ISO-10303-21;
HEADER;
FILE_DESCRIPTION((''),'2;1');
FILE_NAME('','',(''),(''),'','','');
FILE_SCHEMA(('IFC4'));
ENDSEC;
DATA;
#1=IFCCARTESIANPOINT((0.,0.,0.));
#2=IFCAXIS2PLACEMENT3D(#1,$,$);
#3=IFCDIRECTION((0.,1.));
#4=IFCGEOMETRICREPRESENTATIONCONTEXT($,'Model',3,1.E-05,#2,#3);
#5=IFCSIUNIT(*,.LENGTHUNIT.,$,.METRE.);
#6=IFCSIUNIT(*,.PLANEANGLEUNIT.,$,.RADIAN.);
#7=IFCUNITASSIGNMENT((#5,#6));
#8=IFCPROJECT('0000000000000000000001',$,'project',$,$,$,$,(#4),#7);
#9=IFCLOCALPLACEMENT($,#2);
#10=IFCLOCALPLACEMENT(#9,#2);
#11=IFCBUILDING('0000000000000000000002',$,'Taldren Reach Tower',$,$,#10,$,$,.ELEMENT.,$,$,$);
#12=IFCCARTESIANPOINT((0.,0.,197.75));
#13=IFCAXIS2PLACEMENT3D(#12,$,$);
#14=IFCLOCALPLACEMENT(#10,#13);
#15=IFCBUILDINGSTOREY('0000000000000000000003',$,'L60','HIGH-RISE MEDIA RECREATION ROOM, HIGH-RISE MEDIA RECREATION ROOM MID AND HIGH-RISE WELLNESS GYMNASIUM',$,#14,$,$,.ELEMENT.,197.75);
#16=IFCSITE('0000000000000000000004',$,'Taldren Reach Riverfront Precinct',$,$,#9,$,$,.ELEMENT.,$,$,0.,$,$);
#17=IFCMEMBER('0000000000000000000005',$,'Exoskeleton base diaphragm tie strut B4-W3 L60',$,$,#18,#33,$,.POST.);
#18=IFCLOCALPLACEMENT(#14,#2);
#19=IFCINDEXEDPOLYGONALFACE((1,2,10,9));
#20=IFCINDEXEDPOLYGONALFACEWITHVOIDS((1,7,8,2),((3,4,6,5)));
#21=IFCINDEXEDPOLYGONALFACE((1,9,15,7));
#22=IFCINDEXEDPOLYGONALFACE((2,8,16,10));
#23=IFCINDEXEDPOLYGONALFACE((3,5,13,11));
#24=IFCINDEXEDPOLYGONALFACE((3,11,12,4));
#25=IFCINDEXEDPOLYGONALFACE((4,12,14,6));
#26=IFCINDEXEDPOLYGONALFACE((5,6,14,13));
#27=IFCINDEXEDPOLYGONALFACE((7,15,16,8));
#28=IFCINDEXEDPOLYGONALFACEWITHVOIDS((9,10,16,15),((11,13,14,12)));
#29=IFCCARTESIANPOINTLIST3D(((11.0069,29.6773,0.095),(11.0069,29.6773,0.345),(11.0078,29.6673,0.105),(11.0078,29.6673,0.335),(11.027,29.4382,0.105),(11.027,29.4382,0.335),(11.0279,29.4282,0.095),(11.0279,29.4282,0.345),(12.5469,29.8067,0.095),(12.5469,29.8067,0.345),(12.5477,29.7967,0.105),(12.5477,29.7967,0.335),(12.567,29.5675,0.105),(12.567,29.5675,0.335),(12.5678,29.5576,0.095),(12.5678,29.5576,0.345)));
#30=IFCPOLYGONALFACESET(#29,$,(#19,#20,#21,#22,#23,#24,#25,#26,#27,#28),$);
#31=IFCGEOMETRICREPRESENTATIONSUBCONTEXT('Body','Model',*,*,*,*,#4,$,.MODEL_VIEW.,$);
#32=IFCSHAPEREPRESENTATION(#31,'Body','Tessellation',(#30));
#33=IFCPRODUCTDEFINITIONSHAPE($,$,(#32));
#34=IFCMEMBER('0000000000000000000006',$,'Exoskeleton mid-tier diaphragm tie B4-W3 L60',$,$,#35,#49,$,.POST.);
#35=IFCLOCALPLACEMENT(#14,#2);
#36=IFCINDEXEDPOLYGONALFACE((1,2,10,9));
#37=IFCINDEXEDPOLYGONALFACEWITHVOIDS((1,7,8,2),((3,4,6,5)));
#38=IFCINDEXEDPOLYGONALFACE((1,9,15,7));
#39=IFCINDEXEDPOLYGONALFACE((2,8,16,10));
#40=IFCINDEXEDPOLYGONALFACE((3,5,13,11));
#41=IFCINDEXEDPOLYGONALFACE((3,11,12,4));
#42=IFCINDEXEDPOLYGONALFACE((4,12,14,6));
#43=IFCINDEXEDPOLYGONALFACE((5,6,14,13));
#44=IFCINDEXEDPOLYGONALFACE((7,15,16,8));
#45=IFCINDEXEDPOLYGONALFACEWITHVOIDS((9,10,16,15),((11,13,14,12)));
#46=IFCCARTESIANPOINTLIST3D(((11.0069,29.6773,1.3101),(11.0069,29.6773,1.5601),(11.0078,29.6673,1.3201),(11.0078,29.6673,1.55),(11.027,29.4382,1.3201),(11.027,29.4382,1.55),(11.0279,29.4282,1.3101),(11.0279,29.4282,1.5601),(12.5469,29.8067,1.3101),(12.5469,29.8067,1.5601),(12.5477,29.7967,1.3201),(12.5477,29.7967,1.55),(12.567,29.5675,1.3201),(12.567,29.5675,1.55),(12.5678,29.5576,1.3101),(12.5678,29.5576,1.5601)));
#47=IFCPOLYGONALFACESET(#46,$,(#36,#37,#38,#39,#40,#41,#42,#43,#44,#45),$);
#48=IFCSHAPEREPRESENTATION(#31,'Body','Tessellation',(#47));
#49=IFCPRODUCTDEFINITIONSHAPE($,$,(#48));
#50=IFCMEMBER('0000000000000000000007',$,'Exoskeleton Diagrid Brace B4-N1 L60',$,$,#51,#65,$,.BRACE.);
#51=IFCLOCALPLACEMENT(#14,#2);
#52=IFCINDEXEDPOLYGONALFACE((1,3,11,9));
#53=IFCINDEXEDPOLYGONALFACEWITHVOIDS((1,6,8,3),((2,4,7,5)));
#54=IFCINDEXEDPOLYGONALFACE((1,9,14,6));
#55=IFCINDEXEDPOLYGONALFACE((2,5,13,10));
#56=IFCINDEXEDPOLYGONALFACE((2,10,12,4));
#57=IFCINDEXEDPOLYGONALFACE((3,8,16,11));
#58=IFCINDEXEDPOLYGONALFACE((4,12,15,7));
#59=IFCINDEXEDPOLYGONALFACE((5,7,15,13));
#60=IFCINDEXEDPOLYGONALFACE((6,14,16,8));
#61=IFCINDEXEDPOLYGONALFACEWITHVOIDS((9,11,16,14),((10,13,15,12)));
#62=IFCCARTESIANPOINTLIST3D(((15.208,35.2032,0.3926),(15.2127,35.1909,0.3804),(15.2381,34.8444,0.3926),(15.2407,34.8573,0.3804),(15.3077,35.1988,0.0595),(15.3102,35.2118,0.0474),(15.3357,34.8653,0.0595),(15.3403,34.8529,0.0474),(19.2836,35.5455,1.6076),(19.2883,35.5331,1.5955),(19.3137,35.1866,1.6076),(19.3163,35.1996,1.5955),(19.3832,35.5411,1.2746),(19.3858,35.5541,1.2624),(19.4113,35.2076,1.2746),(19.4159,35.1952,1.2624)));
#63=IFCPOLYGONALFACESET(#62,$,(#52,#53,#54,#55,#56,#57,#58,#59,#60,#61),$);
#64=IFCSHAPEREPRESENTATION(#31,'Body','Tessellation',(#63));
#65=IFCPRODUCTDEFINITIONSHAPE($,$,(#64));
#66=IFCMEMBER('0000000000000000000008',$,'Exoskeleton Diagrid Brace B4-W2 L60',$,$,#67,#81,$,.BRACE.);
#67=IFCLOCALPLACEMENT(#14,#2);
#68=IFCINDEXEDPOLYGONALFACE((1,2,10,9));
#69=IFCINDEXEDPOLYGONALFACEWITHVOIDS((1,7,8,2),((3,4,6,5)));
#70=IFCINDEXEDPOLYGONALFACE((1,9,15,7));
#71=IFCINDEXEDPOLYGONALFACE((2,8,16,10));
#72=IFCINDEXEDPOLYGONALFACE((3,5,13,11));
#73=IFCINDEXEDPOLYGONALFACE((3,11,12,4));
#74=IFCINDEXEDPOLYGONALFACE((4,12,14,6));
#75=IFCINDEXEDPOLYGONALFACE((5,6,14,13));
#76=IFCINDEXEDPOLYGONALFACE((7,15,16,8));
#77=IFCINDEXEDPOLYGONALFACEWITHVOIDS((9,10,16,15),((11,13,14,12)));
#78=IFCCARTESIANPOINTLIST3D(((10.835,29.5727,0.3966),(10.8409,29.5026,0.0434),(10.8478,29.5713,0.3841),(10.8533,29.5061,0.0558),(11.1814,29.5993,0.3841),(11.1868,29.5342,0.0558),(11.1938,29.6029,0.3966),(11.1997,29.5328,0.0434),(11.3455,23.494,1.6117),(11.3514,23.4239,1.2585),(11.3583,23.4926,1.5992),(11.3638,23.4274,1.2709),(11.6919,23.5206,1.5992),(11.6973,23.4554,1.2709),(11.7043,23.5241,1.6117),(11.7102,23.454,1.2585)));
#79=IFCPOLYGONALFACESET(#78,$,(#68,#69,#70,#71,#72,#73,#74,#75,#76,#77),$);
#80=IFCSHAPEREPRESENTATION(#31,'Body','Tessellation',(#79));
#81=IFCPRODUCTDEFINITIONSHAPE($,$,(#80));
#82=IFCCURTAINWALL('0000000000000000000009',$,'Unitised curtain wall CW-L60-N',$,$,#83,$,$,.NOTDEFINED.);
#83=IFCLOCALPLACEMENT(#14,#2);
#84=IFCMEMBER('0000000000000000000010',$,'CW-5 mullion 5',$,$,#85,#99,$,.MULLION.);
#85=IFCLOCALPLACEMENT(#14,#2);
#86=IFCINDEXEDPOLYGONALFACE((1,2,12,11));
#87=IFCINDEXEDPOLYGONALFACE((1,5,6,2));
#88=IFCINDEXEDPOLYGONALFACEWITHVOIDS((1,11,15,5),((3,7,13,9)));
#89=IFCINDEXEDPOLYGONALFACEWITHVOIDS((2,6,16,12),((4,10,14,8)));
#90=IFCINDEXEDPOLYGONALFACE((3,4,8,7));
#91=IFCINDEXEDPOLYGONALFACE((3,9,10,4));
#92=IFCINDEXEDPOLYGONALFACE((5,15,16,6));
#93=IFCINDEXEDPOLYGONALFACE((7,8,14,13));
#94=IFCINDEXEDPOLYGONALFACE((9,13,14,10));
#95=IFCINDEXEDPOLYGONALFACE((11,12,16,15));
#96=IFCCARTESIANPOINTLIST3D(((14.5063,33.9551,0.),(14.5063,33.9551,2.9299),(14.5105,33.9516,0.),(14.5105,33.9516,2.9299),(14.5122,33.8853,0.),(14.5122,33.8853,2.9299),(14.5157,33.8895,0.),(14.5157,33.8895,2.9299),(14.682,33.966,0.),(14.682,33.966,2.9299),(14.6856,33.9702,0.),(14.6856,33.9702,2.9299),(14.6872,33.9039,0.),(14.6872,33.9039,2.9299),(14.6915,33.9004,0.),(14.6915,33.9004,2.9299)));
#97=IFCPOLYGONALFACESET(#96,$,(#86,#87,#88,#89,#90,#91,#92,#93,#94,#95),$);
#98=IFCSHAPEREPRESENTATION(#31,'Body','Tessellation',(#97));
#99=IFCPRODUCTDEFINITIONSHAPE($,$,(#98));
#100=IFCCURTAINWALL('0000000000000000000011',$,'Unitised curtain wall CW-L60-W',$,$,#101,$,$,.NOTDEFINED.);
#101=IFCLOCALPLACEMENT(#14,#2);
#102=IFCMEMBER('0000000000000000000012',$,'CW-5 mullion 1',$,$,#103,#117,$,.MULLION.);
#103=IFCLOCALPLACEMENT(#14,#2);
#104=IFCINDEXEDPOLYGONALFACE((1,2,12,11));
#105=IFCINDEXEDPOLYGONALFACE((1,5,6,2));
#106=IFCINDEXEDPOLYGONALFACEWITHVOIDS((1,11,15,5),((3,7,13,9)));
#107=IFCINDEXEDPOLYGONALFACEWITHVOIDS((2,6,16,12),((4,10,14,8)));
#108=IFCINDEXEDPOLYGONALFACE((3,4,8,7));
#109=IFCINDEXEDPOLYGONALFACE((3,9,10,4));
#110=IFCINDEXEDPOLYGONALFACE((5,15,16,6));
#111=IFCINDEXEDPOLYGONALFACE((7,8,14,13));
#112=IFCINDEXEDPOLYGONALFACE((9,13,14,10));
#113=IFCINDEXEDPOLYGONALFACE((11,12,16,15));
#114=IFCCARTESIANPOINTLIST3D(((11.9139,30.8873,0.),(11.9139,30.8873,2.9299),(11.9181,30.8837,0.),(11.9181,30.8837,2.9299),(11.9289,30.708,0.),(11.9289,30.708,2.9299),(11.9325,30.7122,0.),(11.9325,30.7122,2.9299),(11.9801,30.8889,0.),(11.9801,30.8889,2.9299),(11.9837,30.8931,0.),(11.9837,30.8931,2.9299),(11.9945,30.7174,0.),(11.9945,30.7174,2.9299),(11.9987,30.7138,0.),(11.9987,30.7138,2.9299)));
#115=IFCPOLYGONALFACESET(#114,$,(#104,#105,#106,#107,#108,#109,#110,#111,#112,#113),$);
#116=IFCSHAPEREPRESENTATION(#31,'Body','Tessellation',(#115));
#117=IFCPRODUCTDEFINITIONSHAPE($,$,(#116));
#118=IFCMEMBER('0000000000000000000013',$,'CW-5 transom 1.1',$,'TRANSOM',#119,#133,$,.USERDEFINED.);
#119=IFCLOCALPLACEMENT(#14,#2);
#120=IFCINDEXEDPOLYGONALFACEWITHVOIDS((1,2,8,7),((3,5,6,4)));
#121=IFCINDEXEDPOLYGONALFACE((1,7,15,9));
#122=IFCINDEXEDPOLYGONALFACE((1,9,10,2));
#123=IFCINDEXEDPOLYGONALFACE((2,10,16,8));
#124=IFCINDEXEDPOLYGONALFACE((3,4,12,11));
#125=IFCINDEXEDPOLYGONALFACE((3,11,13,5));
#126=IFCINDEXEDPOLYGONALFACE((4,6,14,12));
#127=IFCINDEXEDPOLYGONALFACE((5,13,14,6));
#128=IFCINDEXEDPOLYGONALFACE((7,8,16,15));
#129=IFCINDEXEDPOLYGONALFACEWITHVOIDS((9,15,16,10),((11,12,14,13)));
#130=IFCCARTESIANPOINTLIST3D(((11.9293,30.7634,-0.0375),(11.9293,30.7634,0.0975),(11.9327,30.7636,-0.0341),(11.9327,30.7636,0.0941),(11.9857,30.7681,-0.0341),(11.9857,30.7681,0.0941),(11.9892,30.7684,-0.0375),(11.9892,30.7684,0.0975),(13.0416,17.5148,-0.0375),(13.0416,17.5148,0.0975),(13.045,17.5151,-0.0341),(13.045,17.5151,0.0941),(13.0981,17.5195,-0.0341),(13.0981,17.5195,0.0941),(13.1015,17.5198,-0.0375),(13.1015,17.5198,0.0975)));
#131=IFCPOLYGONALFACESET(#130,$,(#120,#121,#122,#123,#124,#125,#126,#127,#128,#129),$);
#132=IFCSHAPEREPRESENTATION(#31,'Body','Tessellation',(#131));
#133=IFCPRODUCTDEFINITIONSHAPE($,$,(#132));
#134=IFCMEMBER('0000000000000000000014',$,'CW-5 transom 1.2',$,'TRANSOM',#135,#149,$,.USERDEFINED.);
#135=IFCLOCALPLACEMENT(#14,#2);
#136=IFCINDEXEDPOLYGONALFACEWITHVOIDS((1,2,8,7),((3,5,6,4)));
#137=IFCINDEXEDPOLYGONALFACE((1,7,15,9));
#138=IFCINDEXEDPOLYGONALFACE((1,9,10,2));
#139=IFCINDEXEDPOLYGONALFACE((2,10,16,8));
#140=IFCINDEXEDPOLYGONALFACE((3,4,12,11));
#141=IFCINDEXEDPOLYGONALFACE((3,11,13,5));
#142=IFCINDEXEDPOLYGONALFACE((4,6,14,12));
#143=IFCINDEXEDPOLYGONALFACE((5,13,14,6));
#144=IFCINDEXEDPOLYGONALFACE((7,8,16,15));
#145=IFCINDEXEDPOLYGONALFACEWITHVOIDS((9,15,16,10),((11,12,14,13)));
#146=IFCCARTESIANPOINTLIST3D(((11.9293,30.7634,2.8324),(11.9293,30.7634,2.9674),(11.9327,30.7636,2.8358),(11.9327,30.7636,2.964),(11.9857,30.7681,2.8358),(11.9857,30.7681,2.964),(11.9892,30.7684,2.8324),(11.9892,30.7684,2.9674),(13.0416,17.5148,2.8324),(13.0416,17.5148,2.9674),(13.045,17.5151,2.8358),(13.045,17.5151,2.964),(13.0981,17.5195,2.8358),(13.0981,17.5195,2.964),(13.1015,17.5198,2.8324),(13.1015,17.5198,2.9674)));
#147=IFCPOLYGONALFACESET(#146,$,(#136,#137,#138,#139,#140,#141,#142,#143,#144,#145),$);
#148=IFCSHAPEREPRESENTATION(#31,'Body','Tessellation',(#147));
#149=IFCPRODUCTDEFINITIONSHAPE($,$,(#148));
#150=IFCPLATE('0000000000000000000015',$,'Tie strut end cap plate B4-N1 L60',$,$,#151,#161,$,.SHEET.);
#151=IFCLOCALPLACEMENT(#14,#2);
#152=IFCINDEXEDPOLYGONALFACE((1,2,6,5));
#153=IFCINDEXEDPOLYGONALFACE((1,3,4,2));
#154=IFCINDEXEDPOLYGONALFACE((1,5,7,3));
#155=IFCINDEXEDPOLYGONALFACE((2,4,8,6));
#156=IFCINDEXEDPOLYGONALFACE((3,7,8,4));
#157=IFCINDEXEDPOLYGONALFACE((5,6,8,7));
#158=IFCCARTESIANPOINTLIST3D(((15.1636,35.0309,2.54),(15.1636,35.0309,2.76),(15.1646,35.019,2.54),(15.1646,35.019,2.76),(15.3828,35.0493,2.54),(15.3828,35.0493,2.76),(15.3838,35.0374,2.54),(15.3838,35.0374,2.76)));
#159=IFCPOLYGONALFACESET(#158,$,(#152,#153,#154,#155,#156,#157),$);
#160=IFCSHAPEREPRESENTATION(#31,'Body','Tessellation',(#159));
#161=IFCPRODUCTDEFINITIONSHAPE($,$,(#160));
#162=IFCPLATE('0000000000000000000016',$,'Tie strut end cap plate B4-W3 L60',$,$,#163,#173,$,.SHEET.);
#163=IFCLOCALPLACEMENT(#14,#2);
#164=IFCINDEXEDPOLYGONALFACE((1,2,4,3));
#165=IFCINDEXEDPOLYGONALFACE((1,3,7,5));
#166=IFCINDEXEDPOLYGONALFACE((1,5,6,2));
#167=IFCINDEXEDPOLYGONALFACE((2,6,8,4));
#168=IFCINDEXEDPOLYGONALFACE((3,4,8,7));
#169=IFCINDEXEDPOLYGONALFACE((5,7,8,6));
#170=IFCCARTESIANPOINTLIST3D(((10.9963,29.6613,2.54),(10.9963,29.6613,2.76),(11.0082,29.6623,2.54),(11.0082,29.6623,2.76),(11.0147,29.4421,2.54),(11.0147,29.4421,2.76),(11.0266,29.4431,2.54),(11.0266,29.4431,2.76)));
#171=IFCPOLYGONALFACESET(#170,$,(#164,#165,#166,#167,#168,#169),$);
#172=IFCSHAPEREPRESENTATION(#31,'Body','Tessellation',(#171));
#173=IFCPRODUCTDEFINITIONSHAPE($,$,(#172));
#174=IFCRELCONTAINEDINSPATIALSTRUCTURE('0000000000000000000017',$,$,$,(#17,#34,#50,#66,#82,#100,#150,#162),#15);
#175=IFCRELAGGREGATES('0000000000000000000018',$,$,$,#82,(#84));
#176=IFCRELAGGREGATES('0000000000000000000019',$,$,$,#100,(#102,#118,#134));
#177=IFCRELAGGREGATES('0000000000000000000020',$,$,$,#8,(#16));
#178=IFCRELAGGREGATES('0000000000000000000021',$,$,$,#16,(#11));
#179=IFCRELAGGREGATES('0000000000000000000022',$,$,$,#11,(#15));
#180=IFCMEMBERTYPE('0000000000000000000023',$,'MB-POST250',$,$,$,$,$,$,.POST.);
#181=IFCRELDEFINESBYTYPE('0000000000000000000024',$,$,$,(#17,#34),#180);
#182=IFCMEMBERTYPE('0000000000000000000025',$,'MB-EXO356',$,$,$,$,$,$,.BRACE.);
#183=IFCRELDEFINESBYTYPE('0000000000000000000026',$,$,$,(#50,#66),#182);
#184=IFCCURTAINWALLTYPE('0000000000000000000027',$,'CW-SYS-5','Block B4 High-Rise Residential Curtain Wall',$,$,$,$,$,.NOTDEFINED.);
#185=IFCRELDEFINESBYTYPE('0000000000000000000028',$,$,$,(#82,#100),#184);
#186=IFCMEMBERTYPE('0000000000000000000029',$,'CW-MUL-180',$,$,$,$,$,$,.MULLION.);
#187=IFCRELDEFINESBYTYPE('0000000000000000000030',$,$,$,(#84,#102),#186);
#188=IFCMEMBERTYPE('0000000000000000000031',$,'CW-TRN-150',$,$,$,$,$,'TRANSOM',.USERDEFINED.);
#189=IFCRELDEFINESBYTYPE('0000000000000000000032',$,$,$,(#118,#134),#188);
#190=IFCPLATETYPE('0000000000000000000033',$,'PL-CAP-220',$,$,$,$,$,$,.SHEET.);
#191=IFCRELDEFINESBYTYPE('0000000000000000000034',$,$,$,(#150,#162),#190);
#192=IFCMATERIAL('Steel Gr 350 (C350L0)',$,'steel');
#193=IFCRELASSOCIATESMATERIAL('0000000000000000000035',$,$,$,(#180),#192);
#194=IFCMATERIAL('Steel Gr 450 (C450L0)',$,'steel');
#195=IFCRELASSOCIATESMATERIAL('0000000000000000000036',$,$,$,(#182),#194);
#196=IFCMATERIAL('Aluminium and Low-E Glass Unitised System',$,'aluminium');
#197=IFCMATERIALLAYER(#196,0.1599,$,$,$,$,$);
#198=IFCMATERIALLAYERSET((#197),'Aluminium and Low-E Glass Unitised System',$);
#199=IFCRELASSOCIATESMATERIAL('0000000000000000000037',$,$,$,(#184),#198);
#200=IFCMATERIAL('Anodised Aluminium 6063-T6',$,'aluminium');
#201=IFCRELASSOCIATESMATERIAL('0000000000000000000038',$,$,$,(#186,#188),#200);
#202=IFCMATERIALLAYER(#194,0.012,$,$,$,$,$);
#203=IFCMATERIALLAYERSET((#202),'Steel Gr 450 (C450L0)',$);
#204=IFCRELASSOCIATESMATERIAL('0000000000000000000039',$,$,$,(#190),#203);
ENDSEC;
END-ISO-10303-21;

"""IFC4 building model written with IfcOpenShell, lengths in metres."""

from ifc_helpers import new_model, si_unit, direction, frame, origin, origin_2d, place, context, subcontext, project, spatial, rectangle, hollow_rectangle, extrude, source, transform, mapped, material, layer, layer_set, material_profile, profile_set, type_object, element, aggregate, save


model = new_model("IFC4")

# Units and contexts
model_context = context("Model", 3, precision=1e-05, world=origin(), true_north=direction((0.0, 1.0)))
body_context = subcontext(model_context, "Body", "Model", "MODEL_VIEW")
ifc_project = project(units=[si_unit("LENGTHUNIT", "METRE"), si_unit("PLANEANGLEUNIT", "RADIAN")], contexts=[model_context])

# Site, building, storey
site_placement = place(None, origin())
site = spatial("IfcSite", under=ifc_project, at=site_placement, Name="Taldren Reach Riverfront Precinct", CompositionType="ELEMENT", RefElevation=0.0)
building_placement = place(site_placement, origin())
building = spatial("IfcBuilding", under=site, at=building_placement, Name="Taldren Reach Tower", CompositionType="ELEMENT")
storey_placement = place(building_placement, frame((0.0, 0.0, 197.75)))
storey = spatial("IfcBuildingStorey", under=building, at=storey_placement, Name="L60", Description="HIGH-RISE MEDIA RECREATION ROOM, HIGH-RISE MEDIA RECREATION ROOM MID AND HIGH-RISE WELLNESS GYMNASIUM", CompositionType="ELEMENT", Elevation=197.75)

# Shared definitions
ifc_material_1 = material(Name="Steel Gr 350 (C350L0)", Category="steel")

# Shared definitions
ifc_material_profile_1 = material_profile(ifc_material_1, hollow_rectangle(XDim=0.25, YDim=0.25, WallThickness=0.01, at=origin_2d()), Name="250x250x10.0SHS")
ifc_profile_set_1 = profile_set([ifc_material_profile_1], Name="Steel Gr 350 (C350L0)")
member_type_1 = type_object("IfcMemberType", Name="MB-POST250", PredefinedType="POST", material=ifc_profile_set_1)

# Members
ifc_material_2 = material(Name="Steel Gr 450 (C450L0)", Category="steel")
shared_shape_1 = source(origin(), body_context, "Body", "SweptSolid", [
    extrude(hollow_rectangle(XDim=0.25, YDim=0.25, WallThickness=0.01, at=origin_2d()), origin(), (0.0, 0.0, 1.0), 1.5454),
])
for number, where, z_axis, x_axis, name in (
    (1, (12.5574, 29.6821, 0.22), (-0.996489, -0.083725, 0.0), (0.083725, -0.996489, 0.0), "Exoskeleton base diaphragm tie strut B4-W3 L60"),
    (2, (12.5574, 29.6821, 1.4351), (-0.996489, -0.083725, 0.0), (0.083725, -0.996489, 0.0), "Exoskeleton mid-tier diaphragm tie B4-W3 L60"),
):
    element("IfcMember", number, at=place(storey_placement, frame(where, z_axis=z_axis, x_axis=x_axis)), inside=storey, type_object=member_type_1, Name=name, PredefinedType="POST", context=body_context, shape_type="MappedRepresentation", body=[
        mapped(shared_shape_1, transform((0.0, 0.0, 0.0), scale=1.0)),
    ])
ifc_material_profile_2 = material_profile(ifc_material_2, hollow_rectangle(XDim=0.3601, YDim=0.3601, WallThickness=0.0127, at=origin_2d()), Name="360x360x12.7SHS")
ifc_profile_set_2 = profile_set([ifc_material_profile_2], Name="Steel Gr 450 (C450L0)")
member_type_2 = type_object("IfcMemberType", Name="MB-EXO356", PredefinedType="BRACE", material=ifc_profile_set_2)
shared_shape_2 = source(origin(), body_context, "Body", "SweptSolid", [
    extrude(hollow_rectangle(XDim=0.3601, YDim=0.3601, WallThickness=0.0127, at=origin_2d()), origin(), (0.0, 0.0, 1.0), 4.2666),
])
member_1_placement = place(storey_placement, frame((15.2742, 35.0281, 0.22), z_axis=(0.955229, 0.080222, 0.284783), x_axis=(-0.083688, 0.996492, 0.0)))
element("IfcMember", 3, at=member_1_placement, inside=storey, type_object=member_type_2, Name="Exoskeleton Diagrid Brace B4-N1 L60", PredefinedType="BRACE", context=body_context, shape_type="MappedRepresentation", body=[
    mapped(shared_shape_2, transform((0.0, 0.0, 0.0), scale=1.0)),
])
shared_shape_3 = source(origin(), body_context, "Body", "SweptSolid", [
    extrude(hollow_rectangle(XDim=0.3601, YDim=0.3601, WallThickness=0.0127, at=origin_2d()), origin(), (0.0, 0.0, 1.0), 6.22),
])
member_2_placement = place(storey_placement, frame((11.0173, 29.5527, 0.22), z_axis=(0.082076, -0.977292, 0.195356), x_axis=(0.996492, 0.083688, 0.0)))
element("IfcMember", 4, at=member_2_placement, inside=storey, type_object=member_type_2, Name="Exoskeleton Diagrid Brace B4-W2 L60", PredefinedType="BRACE", context=body_context, shape_type="MappedRepresentation", body=[
    mapped(shared_shape_3, transform((0.0, 0.0, 0.0), scale=1.0)),
])

# Curtain wall, member
ifc_material_3 = material(Name="Aluminium and Low-E Glass Unitised System", Category="aluminium")
ifc_layer_1 = layer(ifc_material_3, 0.1599)
ifc_layer_set_1 = layer_set([ifc_layer_1], Name="Aluminium and Low-E Glass Unitised System")
curtain_wall_type = type_object("IfcCurtainWallType", Name="CW-SYS-5", Description="Block B4 High-Rise Residential Curtain Wall", PredefinedType="NOTDEFINED", material=ifc_layer_set_1)
curtain_wall_1_placement = place(storey_placement, origin())
curtain_wall_1 = element("IfcCurtainWall", 5, at=curtain_wall_1_placement, inside=storey, type_object=curtain_wall_type, Name="Unitised curtain wall CW-L60-N", PredefinedType="NOTDEFINED")
ifc_material_4 = material(Name="Anodised Aluminium 6063-T6", Category="aluminium")
ifc_material_profile_3 = material_profile(ifc_material_4, hollow_rectangle(XDim=0.0701, YDim=0.1799, WallThickness=0.0039, at=origin_2d()), Name="ALU-180x70x4RHS")
ifc_profile_set_3 = profile_set([ifc_material_profile_3], Name="Anodised Aluminium 6063-T6")
member_type_3 = type_object("IfcMemberType", Name="CW-MUL-180", PredefinedType="MULLION", material=ifc_profile_set_3)
shared_shape_4 = source(origin(), body_context, "Body", "SweptSolid", [
    extrude(hollow_rectangle(XDim=0.0701, YDim=0.1799, WallThickness=0.0039, at=origin_2d()), origin(), (0.0, 0.0, 1.0), 2.9299),
])
member_3_placement = place(storey_placement, frame((14.5989, 33.9277, 0.0), z_axis=(0.0, 0.0, 1.0), x_axis=(0.083678, -0.996493, 0.0)))
member_3 = element("IfcMember", 6, at=member_3_placement, type_object=member_type_3, Name="CW-5 mullion 5", PredefinedType="MULLION", context=body_context, shape_type="MappedRepresentation", body=[
    mapped(shared_shape_4, transform((0.0, 0.0, 0.0), scale=1.0)),
])
aggregate(curtain_wall_1, [member_3])

# Curtain wall, members
curtain_wall_2_placement = place(storey_placement, origin())
curtain_wall_2 = element("IfcCurtainWall", 7, at=curtain_wall_2_placement, inside=storey, type_object=curtain_wall_type, Name="Unitised curtain wall CW-L60-W", PredefinedType="NOTDEFINED")
member_4_placement = place(storey_placement, frame((11.9563, 30.8005, 0.0), z_axis=(0.0, 0.0, 1.0), x_axis=(0.996493, 0.083678, 0.0)))
member_4 = element("IfcMember", 8, at=member_4_placement, type_object=member_type_3, Name="CW-5 mullion 1", PredefinedType="MULLION", context=body_context, shape_type="MappedRepresentation", body=[
    mapped(shared_shape_4, transform((0.0, 0.0, 0.0), scale=1.0)),
])
ifc_material_profile_4 = material_profile(ifc_material_4, hollow_rectangle(XDim=0.0601, YDim=0.135, WallThickness=0.0034, at=origin_2d()), Name="ALU-135x60x3.5RHS")
ifc_profile_set_4 = profile_set([ifc_material_profile_4], Name="Anodised Aluminium 6063-T6")
member_type_4 = type_object("IfcMemberType", Name="CW-TRN-150", ElementType="TRANSOM", PredefinedType="USERDEFINED", material=ifc_profile_set_4)
shared_shape_5 = source(origin(), body_context, "Body", "SweptSolid", [
    extrude(hollow_rectangle(XDim=0.0601, YDim=0.135, WallThickness=0.0034, at=origin_2d()), origin(), (0.0, 0.0, 1.0), 13.2952),
])
member_5_placement = place(storey_placement, frame((11.9592, 30.7659, 0.03), z_axis=(0.083662, -0.996494, 0.0), x_axis=(0.996494, 0.083662, 0.0)))
member_5 = element("IfcMember", 9, at=member_5_placement, type_object=member_type_4, Name="CW-5 transom 1.1", ObjectType="TRANSOM", PredefinedType="USERDEFINED", context=body_context, shape_type="MappedRepresentation", body=[
    mapped(shared_shape_5, transform((0.0, 0.0, 0.0), scale=1.0)),
])
member_6_placement = place(storey_placement, frame((11.9592, 30.7659, 2.8999), z_axis=(0.083662, -0.996494, 0.0), x_axis=(0.996494, 0.083662, 0.0)))
member_6 = element("IfcMember", 10, at=member_6_placement, type_object=member_type_4, Name="CW-5 transom 1.2", ObjectType="TRANSOM", PredefinedType="USERDEFINED", context=body_context, shape_type="MappedRepresentation", body=[
    mapped(shared_shape_5, transform((0.0, 0.0, 0.0), scale=1.0)),
])

# Plates
ifc_layer_2 = layer(ifc_material_2, 0.012)
ifc_layer_set_2 = layer_set([ifc_layer_2], Name="Steel Gr 450 (C450L0)")
plate_type_1 = type_object("IfcPlateType", Name="PL-CAP-220", PredefinedType="SHEET", material=ifc_layer_set_2)
shared_shape_6 = source(origin(), body_context, "Body", "SweptSolid", [
    extrude(rectangle(XDim=0.22, YDim=0.012, at=origin_2d()), origin(), (0.0, 0.0, 1.0), 0.22),
])
plate_1_placement = place(storey_placement, frame((15.2737, 35.0342, 2.54), z_axis=(0.0, 0.0, 1.0), x_axis=(0.996493, 0.083678, 0.0)))
element("IfcPlate", 11, at=plate_1_placement, inside=storey, type_object=plate_type_1, Name="Tie strut end cap plate B4-N1 L60", PredefinedType="SHEET", context=body_context, shape_type="MappedRepresentation", body=[
    mapped(shared_shape_6, transform((0.0, 0.0, 0.0), scale=1.0)),
])
shared_shape_7 = source(origin(), body_context, "Body", "SweptSolid", [
    extrude(rectangle(XDim=0.012, YDim=0.22, at=origin_2d()), origin(), (0.0, 0.0, 1.0), 0.22),
])
plate_2_placement = place(storey_placement, frame((11.0115, 29.5522, 2.54), z_axis=(0.0, 0.0, 1.0), x_axis=(0.996493, 0.083678, 0.0)))
element("IfcPlate", 12, at=plate_2_placement, inside=storey, type_object=plate_type_1, Name="Tie strut end cap plate B4-W3 L60", PredefinedType="SHEET", context=body_context, shape_type="MappedRepresentation", body=[
    mapped(shared_shape_7, transform((0.0, 0.0, 0.0), scale=1.0)),
])

aggregate(curtain_wall_2, [member_4, member_5, member_6])

save(model, "model.ifc")
